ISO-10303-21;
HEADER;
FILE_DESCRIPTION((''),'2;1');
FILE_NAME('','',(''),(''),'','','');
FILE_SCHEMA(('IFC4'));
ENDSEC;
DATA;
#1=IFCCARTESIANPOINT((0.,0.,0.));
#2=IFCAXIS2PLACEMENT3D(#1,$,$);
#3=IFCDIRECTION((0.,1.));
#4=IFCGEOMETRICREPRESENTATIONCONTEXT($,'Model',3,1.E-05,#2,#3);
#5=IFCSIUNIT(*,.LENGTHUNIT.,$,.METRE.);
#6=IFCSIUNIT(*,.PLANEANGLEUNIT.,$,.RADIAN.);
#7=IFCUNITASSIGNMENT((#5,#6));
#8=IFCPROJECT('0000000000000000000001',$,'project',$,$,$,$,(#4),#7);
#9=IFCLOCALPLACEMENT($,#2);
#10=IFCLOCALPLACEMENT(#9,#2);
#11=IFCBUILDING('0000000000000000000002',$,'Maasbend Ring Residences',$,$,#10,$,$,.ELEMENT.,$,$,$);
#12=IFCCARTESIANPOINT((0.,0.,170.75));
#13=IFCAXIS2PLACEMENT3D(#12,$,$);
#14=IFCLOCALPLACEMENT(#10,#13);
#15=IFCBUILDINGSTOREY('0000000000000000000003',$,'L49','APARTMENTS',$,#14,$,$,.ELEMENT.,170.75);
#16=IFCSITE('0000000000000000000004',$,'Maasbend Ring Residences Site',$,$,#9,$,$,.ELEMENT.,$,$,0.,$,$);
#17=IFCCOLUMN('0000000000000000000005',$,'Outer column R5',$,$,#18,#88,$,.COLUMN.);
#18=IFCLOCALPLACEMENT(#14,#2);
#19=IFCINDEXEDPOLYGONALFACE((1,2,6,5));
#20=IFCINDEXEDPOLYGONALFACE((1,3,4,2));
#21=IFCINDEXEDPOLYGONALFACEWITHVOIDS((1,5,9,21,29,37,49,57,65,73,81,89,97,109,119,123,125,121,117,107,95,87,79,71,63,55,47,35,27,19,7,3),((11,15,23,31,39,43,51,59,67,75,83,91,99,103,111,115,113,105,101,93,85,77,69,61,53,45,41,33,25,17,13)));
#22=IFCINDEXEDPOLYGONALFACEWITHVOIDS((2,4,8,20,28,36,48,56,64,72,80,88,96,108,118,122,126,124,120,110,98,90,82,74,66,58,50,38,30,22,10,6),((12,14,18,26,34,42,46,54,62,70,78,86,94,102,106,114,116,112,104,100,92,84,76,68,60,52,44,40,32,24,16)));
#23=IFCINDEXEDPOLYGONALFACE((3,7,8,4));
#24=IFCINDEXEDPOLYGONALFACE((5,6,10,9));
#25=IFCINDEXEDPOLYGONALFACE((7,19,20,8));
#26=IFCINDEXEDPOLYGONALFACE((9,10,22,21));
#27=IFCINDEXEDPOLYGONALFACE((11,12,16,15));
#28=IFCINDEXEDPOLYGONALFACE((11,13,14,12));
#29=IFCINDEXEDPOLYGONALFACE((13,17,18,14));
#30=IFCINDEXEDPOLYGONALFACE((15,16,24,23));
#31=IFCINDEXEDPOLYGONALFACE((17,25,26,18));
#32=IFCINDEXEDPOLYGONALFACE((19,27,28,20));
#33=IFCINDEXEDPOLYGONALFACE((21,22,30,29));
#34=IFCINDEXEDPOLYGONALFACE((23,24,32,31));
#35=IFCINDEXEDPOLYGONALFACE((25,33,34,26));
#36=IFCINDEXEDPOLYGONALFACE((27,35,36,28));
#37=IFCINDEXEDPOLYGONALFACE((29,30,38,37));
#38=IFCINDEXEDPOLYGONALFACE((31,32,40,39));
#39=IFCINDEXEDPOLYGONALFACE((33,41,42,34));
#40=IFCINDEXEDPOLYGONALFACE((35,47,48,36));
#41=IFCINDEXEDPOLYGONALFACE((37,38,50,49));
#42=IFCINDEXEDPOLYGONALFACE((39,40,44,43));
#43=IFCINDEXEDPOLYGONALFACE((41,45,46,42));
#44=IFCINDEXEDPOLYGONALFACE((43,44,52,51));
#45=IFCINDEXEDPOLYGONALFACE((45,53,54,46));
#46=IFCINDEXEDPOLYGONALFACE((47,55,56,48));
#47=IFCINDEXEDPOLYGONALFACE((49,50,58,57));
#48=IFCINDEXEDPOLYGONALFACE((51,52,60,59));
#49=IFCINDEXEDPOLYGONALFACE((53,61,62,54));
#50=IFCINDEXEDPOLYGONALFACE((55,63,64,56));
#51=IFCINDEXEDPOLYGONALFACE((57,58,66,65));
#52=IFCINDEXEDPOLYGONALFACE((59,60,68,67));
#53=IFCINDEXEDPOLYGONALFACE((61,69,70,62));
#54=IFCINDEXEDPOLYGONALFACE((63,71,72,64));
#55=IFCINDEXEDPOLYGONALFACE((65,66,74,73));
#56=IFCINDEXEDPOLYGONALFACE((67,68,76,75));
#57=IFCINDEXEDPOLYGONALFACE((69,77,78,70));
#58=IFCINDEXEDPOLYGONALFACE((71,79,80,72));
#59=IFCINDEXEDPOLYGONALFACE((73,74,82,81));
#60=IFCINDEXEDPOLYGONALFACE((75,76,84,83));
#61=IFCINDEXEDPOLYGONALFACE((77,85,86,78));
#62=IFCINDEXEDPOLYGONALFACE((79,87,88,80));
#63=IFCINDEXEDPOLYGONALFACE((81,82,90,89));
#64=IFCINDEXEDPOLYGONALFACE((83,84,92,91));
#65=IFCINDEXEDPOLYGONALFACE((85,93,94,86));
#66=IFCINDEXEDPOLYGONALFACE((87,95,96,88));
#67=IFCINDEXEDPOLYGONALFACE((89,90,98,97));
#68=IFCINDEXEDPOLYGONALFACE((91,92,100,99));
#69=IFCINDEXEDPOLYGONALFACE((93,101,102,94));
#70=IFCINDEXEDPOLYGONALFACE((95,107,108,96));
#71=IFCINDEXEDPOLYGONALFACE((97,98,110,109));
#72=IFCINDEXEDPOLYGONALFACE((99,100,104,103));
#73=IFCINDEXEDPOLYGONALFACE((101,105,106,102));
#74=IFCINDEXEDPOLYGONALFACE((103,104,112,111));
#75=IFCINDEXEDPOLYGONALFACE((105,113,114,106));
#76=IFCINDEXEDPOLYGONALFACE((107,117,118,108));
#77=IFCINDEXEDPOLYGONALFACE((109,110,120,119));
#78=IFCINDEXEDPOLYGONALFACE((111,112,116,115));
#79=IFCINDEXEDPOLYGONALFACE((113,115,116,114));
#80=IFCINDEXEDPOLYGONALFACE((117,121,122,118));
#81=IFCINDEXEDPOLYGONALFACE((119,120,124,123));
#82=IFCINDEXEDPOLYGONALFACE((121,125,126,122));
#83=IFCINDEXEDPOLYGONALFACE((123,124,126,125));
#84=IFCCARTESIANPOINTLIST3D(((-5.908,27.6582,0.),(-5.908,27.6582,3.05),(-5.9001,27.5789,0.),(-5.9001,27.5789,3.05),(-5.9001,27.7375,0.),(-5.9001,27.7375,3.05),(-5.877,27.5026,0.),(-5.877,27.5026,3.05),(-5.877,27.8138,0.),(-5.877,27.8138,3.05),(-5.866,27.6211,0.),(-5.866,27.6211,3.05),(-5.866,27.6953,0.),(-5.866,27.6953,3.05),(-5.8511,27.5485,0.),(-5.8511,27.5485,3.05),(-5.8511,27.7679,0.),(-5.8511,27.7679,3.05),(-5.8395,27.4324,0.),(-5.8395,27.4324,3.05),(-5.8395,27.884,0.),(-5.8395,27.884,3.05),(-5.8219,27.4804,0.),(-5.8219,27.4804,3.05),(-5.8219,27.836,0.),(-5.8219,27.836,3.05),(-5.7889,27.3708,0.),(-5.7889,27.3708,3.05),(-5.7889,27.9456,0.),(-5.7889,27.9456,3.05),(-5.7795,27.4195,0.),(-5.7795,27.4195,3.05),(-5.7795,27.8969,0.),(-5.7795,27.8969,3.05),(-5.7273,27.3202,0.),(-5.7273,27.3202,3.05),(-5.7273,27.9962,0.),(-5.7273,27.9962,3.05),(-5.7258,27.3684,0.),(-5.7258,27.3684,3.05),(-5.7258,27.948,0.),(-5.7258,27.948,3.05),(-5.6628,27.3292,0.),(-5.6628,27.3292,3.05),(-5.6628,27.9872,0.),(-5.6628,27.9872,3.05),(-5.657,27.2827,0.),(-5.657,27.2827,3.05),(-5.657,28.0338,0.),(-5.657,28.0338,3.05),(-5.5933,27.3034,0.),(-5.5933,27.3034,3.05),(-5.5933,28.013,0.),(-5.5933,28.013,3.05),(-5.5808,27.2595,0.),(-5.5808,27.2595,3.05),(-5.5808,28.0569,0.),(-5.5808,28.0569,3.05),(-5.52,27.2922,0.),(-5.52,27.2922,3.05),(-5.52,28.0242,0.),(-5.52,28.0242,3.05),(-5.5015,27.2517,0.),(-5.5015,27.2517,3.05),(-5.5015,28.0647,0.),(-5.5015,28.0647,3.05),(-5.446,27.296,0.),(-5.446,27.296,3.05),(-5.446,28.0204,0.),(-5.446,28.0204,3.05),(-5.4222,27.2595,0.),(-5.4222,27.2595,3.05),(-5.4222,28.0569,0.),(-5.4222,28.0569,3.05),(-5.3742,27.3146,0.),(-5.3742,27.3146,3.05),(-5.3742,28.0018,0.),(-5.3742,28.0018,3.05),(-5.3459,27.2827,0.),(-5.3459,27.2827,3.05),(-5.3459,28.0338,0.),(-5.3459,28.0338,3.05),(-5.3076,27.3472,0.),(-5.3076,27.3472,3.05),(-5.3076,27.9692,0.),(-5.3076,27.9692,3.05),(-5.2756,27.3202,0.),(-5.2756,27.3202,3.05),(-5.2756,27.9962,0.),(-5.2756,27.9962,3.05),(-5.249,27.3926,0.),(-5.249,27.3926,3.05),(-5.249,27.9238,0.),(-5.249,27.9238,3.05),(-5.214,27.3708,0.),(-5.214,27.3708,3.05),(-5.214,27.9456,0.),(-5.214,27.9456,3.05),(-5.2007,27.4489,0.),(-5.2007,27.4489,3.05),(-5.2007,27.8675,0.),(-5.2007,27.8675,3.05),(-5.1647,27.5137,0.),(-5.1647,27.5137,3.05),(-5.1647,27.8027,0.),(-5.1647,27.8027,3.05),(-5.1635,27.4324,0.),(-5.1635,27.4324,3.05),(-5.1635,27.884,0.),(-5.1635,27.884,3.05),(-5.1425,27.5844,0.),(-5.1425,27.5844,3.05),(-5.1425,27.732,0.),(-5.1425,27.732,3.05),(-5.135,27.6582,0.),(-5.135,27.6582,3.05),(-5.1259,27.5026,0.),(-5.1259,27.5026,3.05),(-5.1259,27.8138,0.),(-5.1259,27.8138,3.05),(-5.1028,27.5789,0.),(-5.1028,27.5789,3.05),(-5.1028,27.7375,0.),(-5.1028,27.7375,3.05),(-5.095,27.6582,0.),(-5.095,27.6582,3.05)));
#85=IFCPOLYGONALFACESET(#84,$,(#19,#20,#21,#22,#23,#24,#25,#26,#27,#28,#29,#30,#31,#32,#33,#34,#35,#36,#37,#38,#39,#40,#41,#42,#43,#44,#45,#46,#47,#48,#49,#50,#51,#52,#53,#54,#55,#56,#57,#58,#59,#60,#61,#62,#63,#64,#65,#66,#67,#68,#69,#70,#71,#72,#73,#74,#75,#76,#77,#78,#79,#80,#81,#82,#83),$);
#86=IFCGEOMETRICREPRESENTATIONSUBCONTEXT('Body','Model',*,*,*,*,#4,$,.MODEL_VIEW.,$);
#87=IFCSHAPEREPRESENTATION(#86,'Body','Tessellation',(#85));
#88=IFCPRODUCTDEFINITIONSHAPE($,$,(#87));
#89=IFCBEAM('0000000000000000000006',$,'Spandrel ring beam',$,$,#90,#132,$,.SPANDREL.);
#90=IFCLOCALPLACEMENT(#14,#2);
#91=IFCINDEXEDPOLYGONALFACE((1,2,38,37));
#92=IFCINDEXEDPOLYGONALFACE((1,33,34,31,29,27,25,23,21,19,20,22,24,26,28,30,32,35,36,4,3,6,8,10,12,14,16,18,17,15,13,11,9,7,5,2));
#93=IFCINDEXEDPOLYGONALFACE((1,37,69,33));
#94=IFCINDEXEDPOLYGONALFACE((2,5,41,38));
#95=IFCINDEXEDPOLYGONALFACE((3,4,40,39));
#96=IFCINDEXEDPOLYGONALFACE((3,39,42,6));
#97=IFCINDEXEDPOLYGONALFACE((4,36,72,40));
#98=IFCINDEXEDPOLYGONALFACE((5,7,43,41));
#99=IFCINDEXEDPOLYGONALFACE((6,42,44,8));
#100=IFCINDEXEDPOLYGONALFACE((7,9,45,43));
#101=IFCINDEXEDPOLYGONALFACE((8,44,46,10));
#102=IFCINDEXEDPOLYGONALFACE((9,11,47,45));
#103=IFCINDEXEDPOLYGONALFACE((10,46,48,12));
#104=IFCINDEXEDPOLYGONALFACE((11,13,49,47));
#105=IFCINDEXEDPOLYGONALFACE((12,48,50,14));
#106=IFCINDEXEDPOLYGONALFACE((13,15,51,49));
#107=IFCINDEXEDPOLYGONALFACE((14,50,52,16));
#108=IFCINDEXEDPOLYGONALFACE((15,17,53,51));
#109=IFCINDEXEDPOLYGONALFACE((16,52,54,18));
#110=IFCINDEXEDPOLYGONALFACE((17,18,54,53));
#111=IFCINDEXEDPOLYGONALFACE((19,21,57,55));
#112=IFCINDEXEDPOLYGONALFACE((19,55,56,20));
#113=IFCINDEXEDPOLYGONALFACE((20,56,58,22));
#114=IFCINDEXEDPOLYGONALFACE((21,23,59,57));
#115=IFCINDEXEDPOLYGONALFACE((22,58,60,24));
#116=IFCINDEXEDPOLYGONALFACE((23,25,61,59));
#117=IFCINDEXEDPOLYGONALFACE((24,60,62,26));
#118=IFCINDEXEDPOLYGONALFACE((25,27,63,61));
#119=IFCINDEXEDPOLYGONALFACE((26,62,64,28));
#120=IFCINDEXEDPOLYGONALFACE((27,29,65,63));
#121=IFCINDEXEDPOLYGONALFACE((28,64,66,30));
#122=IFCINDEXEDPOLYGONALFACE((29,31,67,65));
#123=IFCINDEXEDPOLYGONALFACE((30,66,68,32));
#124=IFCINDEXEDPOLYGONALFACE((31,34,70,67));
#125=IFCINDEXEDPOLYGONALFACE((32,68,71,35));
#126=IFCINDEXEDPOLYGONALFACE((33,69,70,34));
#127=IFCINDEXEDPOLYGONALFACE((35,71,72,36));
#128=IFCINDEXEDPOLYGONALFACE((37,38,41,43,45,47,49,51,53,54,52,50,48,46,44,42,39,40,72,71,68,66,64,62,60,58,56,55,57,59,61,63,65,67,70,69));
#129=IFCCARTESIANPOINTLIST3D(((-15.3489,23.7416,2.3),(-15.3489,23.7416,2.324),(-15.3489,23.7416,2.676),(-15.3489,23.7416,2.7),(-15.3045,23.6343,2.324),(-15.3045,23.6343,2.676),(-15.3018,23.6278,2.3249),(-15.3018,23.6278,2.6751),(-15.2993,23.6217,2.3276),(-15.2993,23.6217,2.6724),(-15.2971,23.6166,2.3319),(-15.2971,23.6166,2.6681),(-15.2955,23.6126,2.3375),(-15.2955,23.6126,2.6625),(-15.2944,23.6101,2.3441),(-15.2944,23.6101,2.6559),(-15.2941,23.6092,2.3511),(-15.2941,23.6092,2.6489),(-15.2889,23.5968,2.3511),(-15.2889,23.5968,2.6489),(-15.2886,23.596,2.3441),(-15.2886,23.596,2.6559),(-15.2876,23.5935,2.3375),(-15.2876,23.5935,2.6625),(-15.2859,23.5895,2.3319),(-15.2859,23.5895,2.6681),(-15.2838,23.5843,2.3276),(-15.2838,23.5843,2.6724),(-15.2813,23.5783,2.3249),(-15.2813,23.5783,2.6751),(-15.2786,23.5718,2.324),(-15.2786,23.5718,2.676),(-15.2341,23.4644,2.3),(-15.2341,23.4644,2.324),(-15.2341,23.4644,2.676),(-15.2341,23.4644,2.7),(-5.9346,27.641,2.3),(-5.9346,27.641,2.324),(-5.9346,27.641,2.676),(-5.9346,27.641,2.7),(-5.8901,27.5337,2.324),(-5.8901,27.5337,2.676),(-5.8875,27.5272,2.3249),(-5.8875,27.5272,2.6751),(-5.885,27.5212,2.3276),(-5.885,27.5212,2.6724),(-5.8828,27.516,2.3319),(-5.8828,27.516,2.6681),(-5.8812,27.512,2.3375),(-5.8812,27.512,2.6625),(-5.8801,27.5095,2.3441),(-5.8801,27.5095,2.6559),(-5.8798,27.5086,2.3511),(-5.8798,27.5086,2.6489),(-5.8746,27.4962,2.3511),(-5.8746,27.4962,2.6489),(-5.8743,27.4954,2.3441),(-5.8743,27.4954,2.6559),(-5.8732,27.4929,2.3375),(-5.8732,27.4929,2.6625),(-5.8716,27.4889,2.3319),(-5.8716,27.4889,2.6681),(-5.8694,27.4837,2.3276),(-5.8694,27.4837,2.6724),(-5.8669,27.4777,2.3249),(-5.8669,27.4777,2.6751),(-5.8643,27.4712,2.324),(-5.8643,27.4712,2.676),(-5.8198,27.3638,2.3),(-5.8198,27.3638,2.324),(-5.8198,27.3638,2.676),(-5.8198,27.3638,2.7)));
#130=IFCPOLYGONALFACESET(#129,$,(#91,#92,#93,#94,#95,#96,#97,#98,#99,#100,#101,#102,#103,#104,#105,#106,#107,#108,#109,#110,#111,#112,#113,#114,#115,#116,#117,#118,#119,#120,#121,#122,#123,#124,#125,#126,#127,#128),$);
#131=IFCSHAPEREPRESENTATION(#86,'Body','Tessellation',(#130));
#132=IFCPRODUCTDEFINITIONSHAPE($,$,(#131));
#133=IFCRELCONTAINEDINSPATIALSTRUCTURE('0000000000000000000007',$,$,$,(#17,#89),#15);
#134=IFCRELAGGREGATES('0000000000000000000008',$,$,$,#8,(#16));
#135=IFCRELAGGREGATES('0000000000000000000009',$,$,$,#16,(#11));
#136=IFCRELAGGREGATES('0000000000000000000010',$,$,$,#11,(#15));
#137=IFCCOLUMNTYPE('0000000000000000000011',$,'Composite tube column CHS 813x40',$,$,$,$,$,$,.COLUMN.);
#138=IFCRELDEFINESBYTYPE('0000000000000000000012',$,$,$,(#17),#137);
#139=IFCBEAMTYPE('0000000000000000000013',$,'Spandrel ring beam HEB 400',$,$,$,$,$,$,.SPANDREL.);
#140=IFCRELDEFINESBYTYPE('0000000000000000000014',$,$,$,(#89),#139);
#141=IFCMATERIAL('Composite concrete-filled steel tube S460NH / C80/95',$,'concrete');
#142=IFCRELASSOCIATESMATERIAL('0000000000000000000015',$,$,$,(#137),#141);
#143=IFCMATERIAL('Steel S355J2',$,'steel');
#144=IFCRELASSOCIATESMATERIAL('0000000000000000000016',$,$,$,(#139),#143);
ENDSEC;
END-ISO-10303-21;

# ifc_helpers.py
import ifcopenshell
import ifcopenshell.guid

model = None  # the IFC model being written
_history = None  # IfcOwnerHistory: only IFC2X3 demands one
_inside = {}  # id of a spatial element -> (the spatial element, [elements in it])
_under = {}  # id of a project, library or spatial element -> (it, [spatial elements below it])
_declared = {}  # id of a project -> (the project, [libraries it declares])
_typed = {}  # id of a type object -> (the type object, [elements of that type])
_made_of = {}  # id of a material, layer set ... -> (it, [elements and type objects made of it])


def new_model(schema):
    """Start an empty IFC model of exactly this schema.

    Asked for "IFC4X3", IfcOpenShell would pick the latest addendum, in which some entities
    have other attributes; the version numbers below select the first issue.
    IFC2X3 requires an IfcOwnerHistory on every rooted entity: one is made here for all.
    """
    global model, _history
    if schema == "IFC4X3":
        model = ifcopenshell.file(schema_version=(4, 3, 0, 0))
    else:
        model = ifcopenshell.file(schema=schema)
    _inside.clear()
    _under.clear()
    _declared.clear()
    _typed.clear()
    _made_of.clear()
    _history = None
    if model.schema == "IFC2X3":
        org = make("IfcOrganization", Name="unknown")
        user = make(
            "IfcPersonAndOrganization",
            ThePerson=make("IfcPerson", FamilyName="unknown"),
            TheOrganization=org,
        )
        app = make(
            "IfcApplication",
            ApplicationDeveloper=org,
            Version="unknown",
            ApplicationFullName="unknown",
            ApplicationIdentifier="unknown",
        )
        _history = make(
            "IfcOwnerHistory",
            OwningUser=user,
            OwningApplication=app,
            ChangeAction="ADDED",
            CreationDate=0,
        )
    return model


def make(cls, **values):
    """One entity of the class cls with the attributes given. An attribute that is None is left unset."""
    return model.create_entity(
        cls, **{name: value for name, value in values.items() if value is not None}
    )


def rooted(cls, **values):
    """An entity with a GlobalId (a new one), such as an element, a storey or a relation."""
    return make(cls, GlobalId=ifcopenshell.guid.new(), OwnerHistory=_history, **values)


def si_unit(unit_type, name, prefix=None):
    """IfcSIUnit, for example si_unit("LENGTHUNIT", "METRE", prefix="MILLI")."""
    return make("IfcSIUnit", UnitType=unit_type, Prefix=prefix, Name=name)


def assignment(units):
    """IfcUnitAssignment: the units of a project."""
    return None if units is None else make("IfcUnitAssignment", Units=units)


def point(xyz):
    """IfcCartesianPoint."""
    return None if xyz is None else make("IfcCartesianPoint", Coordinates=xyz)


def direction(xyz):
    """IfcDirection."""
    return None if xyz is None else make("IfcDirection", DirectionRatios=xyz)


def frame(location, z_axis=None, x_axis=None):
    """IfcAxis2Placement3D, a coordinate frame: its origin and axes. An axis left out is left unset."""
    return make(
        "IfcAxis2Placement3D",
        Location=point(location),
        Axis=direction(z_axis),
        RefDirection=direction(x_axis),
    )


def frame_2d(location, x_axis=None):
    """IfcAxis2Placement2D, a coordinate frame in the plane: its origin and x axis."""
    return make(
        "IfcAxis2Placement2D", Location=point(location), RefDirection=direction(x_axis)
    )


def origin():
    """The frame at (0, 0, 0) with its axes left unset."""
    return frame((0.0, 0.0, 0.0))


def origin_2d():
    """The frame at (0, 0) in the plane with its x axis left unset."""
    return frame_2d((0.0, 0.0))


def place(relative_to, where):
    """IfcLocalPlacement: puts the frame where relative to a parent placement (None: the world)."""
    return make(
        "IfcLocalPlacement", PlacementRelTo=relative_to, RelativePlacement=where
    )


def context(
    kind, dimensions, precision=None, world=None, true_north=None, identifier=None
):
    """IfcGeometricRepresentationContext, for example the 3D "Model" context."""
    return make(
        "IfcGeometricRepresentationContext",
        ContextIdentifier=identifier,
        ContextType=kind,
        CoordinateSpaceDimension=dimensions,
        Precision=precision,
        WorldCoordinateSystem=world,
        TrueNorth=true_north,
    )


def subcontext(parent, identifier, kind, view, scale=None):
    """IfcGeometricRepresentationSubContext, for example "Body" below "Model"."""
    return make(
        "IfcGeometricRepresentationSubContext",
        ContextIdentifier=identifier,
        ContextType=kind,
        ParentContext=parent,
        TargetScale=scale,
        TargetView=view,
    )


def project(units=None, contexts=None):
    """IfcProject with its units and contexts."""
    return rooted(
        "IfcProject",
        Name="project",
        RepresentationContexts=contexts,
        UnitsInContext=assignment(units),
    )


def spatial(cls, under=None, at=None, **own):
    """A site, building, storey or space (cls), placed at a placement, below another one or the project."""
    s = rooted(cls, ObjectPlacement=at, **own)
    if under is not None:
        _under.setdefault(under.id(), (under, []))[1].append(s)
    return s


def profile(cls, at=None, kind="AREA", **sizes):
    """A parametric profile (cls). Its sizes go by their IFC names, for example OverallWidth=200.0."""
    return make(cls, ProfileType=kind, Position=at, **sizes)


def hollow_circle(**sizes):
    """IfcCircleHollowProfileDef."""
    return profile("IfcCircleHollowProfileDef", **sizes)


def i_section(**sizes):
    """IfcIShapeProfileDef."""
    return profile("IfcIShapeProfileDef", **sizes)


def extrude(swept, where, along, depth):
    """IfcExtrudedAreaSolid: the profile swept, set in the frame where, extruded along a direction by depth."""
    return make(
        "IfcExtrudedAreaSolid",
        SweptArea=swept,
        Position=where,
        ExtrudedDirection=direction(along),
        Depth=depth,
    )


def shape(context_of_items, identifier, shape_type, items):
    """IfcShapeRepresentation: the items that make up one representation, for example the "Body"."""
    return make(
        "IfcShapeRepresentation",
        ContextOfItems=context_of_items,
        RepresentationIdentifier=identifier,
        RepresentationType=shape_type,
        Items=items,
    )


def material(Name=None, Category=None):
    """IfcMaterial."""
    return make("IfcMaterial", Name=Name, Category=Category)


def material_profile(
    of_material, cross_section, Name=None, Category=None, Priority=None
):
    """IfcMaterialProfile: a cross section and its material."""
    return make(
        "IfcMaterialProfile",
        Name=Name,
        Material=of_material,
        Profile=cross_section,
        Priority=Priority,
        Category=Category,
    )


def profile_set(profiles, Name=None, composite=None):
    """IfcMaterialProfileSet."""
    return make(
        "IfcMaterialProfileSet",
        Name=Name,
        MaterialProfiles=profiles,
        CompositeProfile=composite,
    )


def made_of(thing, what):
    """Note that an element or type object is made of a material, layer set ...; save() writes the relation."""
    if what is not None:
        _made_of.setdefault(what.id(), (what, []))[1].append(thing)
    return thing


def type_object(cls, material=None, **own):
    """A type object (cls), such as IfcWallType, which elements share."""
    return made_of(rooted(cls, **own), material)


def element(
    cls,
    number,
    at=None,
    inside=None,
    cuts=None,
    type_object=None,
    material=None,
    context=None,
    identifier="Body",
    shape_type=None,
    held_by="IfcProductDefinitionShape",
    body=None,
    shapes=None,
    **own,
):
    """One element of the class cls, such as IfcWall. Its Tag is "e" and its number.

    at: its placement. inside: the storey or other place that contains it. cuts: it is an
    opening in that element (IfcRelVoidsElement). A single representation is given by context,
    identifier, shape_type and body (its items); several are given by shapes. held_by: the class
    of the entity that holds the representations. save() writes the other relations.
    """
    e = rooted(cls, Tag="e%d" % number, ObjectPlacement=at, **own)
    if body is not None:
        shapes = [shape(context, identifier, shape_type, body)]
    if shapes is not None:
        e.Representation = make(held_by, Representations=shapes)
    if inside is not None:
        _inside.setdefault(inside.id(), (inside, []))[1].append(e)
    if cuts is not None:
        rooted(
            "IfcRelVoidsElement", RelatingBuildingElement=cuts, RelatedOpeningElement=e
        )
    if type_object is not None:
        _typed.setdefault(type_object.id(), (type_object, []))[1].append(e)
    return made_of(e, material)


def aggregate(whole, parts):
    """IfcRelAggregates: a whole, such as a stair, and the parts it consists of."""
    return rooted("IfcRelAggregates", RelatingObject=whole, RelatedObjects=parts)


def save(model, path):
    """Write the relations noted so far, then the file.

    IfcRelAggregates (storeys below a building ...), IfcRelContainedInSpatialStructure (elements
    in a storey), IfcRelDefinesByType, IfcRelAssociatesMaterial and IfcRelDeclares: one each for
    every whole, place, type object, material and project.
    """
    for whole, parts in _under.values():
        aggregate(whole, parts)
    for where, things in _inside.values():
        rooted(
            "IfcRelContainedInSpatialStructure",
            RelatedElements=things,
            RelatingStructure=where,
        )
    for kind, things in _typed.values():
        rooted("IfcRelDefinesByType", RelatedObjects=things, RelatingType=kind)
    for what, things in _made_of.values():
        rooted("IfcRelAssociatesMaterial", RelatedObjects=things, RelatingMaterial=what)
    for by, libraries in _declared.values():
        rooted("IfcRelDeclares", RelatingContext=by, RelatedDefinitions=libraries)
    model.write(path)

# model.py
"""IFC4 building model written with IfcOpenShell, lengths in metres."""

from ifc_helpers import new_model, si_unit, direction, frame, origin, origin_2d, place, context, subcontext, project, spatial, hollow_circle, i_section, extrude, material, material_profile, profile_set, type_object, element, save


model = new_model("IFC4")

# Units and contexts
model_context = context("Model", 3, precision=1e-05, world=origin(), true_north=direction((0.0, 1.0)))
body_context = subcontext(model_context, "Body", "Model", "MODEL_VIEW")
ifc_project = project(units=[si_unit("LENGTHUNIT", "METRE"), si_unit("PLANEANGLEUNIT", "RADIAN")], contexts=[model_context])

# Site, building, storey
site_placement = place(None, origin())
site = spatial("IfcSite", under=ifc_project, at=site_placement, Name="Maasbend Ring Residences Site", CompositionType="ELEMENT", RefElevation=0.0)
building_placement = place(site_placement, origin())
building = spatial("IfcBuilding", under=site, at=building_placement, Name="Maasbend Ring Residences", CompositionType="ELEMENT")
storey_placement = place(building_placement, frame((0.0, 0.0, 170.75)))
storey = spatial("IfcBuildingStorey", under=building, at=storey_placement, Name="L49", Description="APARTMENTS", CompositionType="ELEMENT", Elevation=170.75)

# Column
ifc_material_1 = material(Name="Composite concrete-filled steel tube S460NH / C80/95", Category="concrete")
ifc_material_profile_1 = material_profile(ifc_material_1, hollow_circle(Radius=0.4065, WallThickness=0.04, at=origin_2d()), Name="Composite tube column CHS 813x40")
ifc_profile_set_1 = profile_set([ifc_material_profile_1], Name="Composite concrete-filled steel tube S460NH / C80/95")
column_type = type_object("IfcColumnType", Name="Composite tube column CHS 813x40", PredefinedType="COLUMN", material=ifc_profile_set_1)
column_placement = place(storey_placement, frame((-5.5015, 27.6582, 0.0), z_axis=(0.0, 0.0, 1.0), x_axis=(1.0, 0.0, 0.0)))
element("IfcColumn", 1, at=column_placement, inside=storey, type_object=column_type, Name="Outer column R5", PredefinedType="COLUMN", context=body_context, shape_type="SweptSolid", body=[
    extrude(hollow_circle(Radius=0.4065, WallThickness=0.04, at=origin_2d()), origin(), (0.0, 0.0, 1.0), 3.05),
])

# Beam
ifc_material_2 = material(Name="Steel S355J2", Category="steel")
ifc_material_profile_2 = material_profile(ifc_material_2, i_section(OverallWidth=0.3, OverallDepth=0.3999, WebThickness=0.0134, FlangeThickness=0.0239, FilletRadius=0.0271, at=origin_2d()), Name="HEB 400")
ifc_profile_set_2 = profile_set([ifc_material_profile_2], Name="Steel S355J2")
beam_type = type_object("IfcBeamType", Name="Spandrel ring beam HEB 400", PredefinedType="SPANDREL", material=ifc_profile_set_2)
beam_placement = place(storey_placement, frame((-5.8772, 27.5024, 2.5), z_axis=(-0.923884, -0.382673, 0.0), x_axis=(0.382673, -0.923884, 0.0)))
element("IfcBeam", 2, at=beam_placement, inside=storey, type_object=beam_type, Name="Spandrel ring beam", PredefinedType="SPANDREL", context=body_context, shape_type="SweptSolid", body=[
    extrude(i_section(OverallWidth=0.3, OverallDepth=0.3999, WebThickness=0.0134, FlangeThickness=0.0239, FilletRadius=0.0271, at=origin_2d()), origin(), (0.0, 0.0, 1.0), 10.1899),
])

save(model, "model.ifc")
